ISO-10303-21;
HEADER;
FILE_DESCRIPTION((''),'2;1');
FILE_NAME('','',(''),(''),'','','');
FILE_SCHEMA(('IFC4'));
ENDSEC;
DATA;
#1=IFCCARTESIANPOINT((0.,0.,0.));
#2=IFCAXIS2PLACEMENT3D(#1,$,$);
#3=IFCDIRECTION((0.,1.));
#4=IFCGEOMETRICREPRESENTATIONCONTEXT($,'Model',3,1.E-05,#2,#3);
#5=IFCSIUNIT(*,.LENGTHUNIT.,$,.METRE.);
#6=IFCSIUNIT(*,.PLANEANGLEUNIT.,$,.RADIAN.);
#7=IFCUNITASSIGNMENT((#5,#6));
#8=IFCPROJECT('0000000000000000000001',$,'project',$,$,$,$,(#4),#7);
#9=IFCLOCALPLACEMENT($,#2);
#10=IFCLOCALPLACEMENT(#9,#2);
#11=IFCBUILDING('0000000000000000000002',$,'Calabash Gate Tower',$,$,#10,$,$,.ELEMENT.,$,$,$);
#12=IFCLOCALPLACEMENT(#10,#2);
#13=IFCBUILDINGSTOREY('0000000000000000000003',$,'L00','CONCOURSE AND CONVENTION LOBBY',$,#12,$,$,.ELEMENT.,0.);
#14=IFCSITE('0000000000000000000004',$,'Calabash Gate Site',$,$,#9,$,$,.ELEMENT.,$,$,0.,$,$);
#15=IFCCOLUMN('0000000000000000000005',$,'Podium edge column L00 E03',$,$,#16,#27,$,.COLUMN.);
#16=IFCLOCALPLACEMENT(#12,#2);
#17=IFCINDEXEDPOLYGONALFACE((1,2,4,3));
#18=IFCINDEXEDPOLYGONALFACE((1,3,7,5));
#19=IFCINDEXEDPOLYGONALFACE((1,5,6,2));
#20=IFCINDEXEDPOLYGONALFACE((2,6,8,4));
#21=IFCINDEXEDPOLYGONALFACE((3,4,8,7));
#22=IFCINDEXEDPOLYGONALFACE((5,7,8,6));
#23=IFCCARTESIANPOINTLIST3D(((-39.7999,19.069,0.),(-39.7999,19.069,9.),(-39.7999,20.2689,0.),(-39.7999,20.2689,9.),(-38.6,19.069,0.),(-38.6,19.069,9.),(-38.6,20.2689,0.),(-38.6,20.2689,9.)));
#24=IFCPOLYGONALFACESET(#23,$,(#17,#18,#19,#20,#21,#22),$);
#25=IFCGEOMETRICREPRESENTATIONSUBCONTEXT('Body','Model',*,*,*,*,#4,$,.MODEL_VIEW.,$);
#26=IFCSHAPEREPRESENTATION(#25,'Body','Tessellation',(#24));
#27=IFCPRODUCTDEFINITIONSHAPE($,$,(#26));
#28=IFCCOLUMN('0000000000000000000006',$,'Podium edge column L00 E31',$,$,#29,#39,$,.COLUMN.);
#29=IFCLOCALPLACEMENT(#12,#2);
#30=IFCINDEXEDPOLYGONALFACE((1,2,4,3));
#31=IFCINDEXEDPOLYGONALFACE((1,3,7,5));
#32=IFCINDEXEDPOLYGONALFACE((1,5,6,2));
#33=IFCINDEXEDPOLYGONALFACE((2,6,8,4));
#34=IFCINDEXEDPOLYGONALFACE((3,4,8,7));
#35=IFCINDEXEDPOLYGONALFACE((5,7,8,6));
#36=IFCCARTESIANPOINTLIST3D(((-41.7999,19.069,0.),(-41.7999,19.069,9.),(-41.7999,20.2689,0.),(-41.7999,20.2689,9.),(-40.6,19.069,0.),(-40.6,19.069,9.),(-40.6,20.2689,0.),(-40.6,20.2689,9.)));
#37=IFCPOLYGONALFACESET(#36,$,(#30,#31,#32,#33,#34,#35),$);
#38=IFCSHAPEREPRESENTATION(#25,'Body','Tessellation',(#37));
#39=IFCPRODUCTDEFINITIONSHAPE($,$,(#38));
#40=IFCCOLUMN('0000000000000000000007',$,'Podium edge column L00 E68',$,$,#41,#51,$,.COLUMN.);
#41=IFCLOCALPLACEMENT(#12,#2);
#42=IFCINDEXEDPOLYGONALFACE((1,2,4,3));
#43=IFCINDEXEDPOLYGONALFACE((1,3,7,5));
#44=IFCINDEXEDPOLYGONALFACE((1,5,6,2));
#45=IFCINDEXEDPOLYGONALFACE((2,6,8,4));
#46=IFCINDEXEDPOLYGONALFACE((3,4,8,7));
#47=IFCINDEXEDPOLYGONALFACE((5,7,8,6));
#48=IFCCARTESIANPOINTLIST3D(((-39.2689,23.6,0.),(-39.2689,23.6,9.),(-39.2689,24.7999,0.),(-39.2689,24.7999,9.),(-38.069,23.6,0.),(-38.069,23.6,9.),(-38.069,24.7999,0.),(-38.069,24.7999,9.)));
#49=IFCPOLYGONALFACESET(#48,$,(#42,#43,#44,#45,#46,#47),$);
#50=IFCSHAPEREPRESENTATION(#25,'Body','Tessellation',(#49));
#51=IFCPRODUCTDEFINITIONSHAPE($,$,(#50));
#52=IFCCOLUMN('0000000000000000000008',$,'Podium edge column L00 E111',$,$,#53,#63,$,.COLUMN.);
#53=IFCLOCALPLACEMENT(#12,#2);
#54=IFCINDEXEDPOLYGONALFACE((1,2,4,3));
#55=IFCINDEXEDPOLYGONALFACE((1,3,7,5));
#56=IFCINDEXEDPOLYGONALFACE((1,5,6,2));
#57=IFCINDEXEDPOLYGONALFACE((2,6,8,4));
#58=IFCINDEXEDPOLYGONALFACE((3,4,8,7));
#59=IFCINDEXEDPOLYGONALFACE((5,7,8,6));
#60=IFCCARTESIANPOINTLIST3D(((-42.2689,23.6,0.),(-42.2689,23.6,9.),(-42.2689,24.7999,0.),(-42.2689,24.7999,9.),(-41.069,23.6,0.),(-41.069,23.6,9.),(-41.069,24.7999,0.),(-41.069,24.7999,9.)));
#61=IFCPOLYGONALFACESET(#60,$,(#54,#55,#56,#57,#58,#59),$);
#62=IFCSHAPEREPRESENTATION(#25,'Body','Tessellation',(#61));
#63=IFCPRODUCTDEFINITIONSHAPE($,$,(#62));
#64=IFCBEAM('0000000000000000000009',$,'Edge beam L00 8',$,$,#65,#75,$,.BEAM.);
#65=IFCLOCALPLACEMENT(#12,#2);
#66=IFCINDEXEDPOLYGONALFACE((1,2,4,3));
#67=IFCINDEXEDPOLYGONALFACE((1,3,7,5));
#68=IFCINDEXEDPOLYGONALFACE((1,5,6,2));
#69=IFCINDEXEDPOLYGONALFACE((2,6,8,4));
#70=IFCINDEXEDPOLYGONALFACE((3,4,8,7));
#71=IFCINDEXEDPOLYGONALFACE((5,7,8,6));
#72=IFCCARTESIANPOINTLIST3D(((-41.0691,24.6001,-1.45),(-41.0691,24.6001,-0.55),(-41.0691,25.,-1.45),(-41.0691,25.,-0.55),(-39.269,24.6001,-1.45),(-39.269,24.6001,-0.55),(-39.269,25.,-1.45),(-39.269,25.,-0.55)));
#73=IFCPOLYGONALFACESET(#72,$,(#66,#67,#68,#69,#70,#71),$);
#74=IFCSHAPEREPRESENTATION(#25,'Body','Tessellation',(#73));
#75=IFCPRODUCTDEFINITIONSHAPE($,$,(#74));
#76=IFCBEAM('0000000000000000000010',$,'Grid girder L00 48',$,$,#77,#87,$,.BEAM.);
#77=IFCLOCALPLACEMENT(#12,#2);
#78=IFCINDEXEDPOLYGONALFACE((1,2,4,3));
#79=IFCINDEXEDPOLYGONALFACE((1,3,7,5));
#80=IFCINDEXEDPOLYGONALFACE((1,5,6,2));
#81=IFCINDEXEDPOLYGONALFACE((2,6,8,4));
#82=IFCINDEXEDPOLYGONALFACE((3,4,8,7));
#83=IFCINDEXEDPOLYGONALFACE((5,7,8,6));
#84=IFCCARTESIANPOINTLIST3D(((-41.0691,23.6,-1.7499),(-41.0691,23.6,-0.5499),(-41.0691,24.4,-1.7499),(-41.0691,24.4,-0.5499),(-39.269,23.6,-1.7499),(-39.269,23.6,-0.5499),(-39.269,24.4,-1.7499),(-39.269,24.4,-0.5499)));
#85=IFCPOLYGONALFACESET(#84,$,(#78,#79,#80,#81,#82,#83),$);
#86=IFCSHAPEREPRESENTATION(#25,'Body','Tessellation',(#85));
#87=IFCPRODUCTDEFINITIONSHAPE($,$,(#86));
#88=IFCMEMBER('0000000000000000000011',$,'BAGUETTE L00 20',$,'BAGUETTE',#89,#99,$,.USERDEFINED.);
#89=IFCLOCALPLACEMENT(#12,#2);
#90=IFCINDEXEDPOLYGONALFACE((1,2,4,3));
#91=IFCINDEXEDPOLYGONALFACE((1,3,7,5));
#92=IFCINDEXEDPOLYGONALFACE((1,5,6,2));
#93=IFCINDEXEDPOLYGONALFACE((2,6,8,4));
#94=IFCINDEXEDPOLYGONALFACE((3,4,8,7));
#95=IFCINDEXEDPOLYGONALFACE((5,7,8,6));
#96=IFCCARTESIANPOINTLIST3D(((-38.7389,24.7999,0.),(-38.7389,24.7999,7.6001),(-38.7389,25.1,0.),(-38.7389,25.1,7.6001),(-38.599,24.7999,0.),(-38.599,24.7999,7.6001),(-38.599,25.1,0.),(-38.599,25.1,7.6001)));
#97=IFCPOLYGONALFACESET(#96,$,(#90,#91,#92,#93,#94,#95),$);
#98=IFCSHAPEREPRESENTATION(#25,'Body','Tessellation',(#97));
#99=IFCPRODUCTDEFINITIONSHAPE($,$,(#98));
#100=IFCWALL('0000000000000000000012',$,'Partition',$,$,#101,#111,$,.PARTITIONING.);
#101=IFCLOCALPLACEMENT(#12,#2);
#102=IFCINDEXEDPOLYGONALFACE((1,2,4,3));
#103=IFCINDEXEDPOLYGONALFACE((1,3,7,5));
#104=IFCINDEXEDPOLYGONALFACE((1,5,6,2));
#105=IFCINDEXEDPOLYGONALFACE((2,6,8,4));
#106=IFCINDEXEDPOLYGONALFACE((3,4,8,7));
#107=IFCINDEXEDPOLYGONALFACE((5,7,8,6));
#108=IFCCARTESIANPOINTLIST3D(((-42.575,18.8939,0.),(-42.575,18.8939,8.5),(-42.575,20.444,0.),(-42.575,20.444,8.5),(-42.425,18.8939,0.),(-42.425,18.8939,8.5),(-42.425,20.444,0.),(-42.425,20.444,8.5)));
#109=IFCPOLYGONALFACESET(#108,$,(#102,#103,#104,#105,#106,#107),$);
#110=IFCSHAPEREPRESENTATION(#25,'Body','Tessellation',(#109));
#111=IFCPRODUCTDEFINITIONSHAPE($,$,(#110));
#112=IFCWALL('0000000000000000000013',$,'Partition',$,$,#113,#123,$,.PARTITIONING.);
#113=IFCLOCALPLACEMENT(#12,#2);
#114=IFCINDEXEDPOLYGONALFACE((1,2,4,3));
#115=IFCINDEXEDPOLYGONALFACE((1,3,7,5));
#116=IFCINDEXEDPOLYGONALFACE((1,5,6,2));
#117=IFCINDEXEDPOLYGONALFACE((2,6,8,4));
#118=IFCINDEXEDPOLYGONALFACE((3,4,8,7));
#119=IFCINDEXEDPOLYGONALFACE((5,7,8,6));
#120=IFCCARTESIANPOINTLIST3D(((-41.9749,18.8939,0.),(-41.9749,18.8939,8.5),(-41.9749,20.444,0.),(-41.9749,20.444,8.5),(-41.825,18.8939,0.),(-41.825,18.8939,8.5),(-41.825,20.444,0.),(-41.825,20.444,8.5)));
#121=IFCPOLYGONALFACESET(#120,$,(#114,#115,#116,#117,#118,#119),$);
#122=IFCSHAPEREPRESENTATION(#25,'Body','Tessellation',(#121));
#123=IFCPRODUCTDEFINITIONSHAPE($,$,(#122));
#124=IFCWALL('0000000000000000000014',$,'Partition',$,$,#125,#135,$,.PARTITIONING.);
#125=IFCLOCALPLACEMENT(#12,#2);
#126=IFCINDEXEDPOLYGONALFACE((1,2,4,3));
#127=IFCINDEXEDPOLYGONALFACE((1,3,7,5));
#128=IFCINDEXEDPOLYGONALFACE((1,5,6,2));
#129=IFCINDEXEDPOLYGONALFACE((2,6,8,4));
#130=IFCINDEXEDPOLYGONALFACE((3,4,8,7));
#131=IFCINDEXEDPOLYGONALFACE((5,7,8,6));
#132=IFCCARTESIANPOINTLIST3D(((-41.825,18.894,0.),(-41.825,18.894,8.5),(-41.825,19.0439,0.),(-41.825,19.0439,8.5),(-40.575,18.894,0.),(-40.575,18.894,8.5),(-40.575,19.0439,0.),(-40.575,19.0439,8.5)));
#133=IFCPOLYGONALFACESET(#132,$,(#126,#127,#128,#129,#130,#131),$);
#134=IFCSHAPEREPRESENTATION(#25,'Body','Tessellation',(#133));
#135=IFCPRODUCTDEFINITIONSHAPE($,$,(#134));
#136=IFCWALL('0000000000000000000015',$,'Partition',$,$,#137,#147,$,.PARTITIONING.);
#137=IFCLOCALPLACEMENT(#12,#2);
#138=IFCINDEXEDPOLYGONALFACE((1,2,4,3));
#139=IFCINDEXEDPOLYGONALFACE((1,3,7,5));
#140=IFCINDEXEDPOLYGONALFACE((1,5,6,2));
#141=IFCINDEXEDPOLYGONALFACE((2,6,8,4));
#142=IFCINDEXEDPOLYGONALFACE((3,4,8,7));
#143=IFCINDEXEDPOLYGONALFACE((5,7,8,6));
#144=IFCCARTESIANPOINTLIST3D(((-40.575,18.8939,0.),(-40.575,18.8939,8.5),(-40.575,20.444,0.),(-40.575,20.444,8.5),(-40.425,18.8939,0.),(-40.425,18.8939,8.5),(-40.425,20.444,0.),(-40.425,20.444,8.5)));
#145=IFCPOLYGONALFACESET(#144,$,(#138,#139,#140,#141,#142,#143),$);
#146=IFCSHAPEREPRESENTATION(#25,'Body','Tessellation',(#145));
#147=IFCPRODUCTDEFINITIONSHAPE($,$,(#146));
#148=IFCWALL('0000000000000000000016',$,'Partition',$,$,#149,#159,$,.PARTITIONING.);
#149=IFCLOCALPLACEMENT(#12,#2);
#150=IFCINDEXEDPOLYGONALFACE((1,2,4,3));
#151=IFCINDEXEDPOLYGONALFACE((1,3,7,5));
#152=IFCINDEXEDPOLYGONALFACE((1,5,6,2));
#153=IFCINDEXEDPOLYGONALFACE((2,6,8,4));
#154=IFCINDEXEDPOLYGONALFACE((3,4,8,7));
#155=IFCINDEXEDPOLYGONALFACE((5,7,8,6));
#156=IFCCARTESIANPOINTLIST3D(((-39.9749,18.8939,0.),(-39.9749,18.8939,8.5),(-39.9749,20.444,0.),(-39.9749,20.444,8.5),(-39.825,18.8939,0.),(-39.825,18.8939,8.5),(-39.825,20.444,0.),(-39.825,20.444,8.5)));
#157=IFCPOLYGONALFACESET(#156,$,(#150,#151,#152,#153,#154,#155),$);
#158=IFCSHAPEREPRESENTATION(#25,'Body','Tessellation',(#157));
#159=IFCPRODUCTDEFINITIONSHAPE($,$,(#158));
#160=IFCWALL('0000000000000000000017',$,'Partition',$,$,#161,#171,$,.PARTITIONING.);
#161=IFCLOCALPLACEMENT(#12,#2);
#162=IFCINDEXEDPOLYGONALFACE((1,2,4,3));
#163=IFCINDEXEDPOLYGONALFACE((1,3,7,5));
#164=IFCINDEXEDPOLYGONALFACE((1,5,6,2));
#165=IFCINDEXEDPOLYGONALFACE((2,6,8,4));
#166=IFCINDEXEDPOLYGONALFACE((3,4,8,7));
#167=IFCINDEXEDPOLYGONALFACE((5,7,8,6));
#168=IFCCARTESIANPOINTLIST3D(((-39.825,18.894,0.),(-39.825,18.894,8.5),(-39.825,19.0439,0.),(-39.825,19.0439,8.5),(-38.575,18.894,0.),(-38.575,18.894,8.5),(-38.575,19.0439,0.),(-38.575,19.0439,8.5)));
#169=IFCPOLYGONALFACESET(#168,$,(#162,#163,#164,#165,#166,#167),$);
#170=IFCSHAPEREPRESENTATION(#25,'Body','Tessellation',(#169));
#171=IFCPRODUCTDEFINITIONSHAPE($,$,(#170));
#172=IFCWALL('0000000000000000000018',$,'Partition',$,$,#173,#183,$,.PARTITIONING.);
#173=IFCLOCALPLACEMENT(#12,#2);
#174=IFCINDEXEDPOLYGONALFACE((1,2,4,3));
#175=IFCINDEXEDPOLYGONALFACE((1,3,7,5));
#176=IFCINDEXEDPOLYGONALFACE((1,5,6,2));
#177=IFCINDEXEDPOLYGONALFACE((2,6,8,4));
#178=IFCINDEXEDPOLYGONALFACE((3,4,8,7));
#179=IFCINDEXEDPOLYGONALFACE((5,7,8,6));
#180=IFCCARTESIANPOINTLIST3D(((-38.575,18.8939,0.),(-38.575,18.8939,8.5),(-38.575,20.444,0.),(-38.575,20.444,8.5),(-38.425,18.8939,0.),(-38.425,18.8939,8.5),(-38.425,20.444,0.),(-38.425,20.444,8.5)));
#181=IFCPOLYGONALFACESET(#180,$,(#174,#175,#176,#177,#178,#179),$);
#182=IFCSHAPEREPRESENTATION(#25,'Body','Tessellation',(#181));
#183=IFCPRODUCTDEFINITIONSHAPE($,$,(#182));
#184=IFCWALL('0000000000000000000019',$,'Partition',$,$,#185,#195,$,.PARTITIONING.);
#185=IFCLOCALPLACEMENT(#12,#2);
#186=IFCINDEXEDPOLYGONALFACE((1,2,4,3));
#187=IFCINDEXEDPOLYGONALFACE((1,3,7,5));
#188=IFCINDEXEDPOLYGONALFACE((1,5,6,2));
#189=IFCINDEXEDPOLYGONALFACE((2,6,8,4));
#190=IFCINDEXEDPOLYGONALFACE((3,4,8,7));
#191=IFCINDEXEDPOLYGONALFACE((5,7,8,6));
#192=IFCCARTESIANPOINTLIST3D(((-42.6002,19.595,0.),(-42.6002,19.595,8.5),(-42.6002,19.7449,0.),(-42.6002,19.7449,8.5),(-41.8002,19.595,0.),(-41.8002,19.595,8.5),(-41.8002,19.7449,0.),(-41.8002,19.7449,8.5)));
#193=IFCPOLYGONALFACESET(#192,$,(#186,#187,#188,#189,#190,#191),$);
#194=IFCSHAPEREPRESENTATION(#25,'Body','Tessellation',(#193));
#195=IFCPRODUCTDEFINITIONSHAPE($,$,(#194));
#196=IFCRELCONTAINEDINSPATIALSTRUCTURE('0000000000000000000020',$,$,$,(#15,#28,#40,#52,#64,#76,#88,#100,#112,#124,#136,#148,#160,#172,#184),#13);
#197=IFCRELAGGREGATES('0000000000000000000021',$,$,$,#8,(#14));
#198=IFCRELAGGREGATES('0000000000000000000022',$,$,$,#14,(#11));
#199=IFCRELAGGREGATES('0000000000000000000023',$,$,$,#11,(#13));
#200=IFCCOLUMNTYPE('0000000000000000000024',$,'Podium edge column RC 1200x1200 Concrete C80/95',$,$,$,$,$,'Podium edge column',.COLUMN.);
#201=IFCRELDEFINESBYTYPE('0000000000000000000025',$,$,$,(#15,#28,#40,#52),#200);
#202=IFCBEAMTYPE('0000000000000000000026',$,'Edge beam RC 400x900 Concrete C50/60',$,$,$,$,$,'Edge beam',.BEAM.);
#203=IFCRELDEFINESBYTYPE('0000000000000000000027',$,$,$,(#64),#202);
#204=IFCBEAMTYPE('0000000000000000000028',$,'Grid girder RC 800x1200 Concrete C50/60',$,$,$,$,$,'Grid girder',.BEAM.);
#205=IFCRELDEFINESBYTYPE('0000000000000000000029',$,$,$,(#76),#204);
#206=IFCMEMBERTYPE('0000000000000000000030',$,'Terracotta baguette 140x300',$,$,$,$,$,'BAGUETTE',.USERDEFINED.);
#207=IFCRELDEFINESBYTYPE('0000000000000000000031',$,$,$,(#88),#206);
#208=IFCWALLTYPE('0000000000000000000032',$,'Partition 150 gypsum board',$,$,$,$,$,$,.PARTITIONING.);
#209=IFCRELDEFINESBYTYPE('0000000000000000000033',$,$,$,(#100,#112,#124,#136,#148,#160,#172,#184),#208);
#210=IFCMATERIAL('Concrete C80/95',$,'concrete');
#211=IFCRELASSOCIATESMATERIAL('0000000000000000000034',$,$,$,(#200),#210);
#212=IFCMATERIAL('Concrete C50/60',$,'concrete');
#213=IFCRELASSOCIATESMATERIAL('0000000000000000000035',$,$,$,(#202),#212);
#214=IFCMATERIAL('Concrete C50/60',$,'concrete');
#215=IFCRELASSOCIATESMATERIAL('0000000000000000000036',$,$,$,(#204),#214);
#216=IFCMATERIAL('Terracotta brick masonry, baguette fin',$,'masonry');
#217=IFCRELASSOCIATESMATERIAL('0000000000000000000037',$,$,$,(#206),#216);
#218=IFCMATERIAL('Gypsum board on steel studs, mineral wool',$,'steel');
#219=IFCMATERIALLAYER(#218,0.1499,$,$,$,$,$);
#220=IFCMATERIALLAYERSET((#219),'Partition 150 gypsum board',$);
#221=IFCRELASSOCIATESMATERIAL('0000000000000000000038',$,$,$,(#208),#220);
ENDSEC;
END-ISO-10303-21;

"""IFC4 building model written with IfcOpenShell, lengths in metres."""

from ifc_helpers import new_model, si_unit, direction, frame, frame_2d, origin, origin_2d, place, context, subcontext, project, spatial, rectangle, extrude, material, layer, layer_set, material_profile, profile_set, type_object, element, save


model = new_model("IFC4")

# Units and contexts
model_context = context("Model", 3, precision=1e-05, world=origin(), true_north=direction((0.0, 1.0)))
body_context = subcontext(model_context, "Body", "Model", "MODEL_VIEW")
ifc_project = project(units=[si_unit("LENGTHUNIT", "METRE"), si_unit("PLANEANGLEUNIT", "RADIAN")], contexts=[model_context])

# Site, building, storey
site_placement = place(None, origin())
site = spatial("IfcSite", under=ifc_project, at=site_placement, Name="Calabash Gate Site", CompositionType="ELEMENT", RefElevation=0.0)
building_placement = place(site_placement, origin())
building = spatial("IfcBuilding", under=site, at=building_placement, Name="Calabash Gate Tower", CompositionType="ELEMENT")
storey_placement = place(building_placement, origin())
storey = spatial("IfcBuildingStorey", under=building, at=storey_placement, Name="L00", Description="CONCOURSE AND CONVENTION LOBBY", CompositionType="ELEMENT", Elevation=0.0)

# Columns
ifc_material_1 = material(Name="Concrete C80/95", Category="concrete")
ifc_material_profile_1 = material_profile(ifc_material_1, rectangle(XDim=1.2, YDim=1.2, at=origin_2d()))
ifc_profile_set_1 = profile_set([ifc_material_profile_1], Name="Concrete C80/95")
column_type = type_object("IfcColumnType", Name="Podium edge column RC 1200x1200 Concrete C80/95", ElementType="Podium edge column", PredefinedType="COLUMN", material=ifc_profile_set_1)
for number, where, z_axis, x_axis, name in (
    (1, (-39.2, 19.6689, 0.0), (0.0, 0.0, 1.0), (1.0, 0.0, 0.0), "Podium edge column L00 E03"),
    (2, (-41.2, 19.6689, 0.0), (0.0, 0.0, 1.0), (1.0, 0.0, 0.0), "Podium edge column L00 E31"),
    (3, (-38.6689, 24.2, 0.0), (0.0, 0.0, 1.0), (1.0, 0.0, 0.0), "Podium edge column L00 E68"),
    (4, (-41.6689, 24.2, 0.0), (0.0, 0.0, 1.0), (1.0, 0.0, 0.0), "Podium edge column L00 E111"),
):
    element("IfcColumn", number, at=place(storey_placement, frame(where, z_axis=z_axis, x_axis=x_axis)), inside=storey, type_object=column_type, Name=name, PredefinedType="COLUMN", context=body_context, shape_type="SweptSolid", body=[
        extrude(rectangle(XDim=1.2, YDim=1.2, at=origin_2d()), origin(), (0.0, 0.0, 1.0), 9.0),
    ])

# Beams
ifc_material_2 = material(Name="Concrete C50/60", Category="concrete")
ifc_material_profile_2 = material_profile(ifc_material_2, rectangle(XDim=0.3999, YDim=0.8999, at=origin_2d()))
ifc_profile_set_2 = profile_set([ifc_material_profile_2], Name="Concrete C50/60")
beam_type_1 = type_object("IfcBeamType", Name="Edge beam RC 400x900 Concrete C50/60", ElementType="Edge beam", PredefinedType="BEAM", material=ifc_profile_set_2)
beam_1_placement = place(storey_placement, frame((-41.0691, 24.8, -1.0), z_axis=(1.0, 0.0, 0.0), x_axis=(0.0, 1.0, 0.0)))
element("IfcBeam", 5, at=beam_1_placement, inside=storey, type_object=beam_type_1, Name="Edge beam L00 8", PredefinedType="BEAM", context=body_context, shape_type="SweptSolid", body=[
    extrude(rectangle(XDim=0.3999, YDim=0.8999, at=origin_2d()), origin(), (0.0, 0.0, 1.0), 1.8),
])
ifc_material_3 = material(Name="Concrete C50/60", Category="concrete")
ifc_material_profile_3 = material_profile(ifc_material_3, rectangle(XDim=0.8, YDim=1.2, at=origin_2d()))
ifc_profile_set_3 = profile_set([ifc_material_profile_3], Name="Concrete C50/60")
beam_type_2 = type_object("IfcBeamType", Name="Grid girder RC 800x1200 Concrete C50/60", ElementType="Grid girder", PredefinedType="BEAM", material=ifc_profile_set_3)
beam_2_placement = place(storey_placement, frame((-41.0691, 24.0, -1.1499), z_axis=(1.0, 0.0, 0.0), x_axis=(0.0, 1.0, 0.0)))
element("IfcBeam", 6, at=beam_2_placement, inside=storey, type_object=beam_type_2, Name="Grid girder L00 48", PredefinedType="BEAM", context=body_context, shape_type="SweptSolid", body=[
    extrude(rectangle(XDim=0.8, YDim=1.2, at=origin_2d()), origin(), (0.0, 0.0, 1.0), 1.8),
])

# Member
ifc_material_4 = material(Name="Terracotta brick masonry, baguette fin", Category="masonry")
ifc_material_profile_4 = material_profile(ifc_material_4, rectangle(XDim=0.1399, YDim=0.3, at=origin_2d()))
ifc_profile_set_4 = profile_set([ifc_material_profile_4], Name="Terracotta brick masonry, baguette fin")
member_type = type_object("IfcMemberType", Name="Terracotta baguette 140x300", ElementType="BAGUETTE", PredefinedType="USERDEFINED", material=ifc_profile_set_4)
member_placement = place(storey_placement, frame((-38.6689, 24.95, 0.0), z_axis=(0.0, 0.0, 1.0), x_axis=(-1.0, 0.0, 0.0)))
element("IfcMember", 7, at=member_placement, inside=storey, type_object=member_type, Name="BAGUETTE L00 20", ObjectType="BAGUETTE", PredefinedType="USERDEFINED", context=body_context, shape_type="SweptSolid", body=[
    extrude(rectangle(XDim=0.1399, YDim=0.3, at=origin_2d()), origin(), (0.0, 0.0, 1.0), 7.6001),
])

# Walls
ifc_material_5 = material(Name="Gypsum board on steel studs, mineral wool", Category="steel")
ifc_layer = layer(ifc_material_5, 0.1499)
ifc_layer_set = layer_set([ifc_layer], Name="Partition 150 gypsum board")
wall_type = type_object("IfcWallType", Name="Partition 150 gypsum board", PredefinedType="PARTITIONING", material=ifc_layer_set)
for number, where, z_axis, x_axis, name in (
    (8, (-42.5, 18.894, 0.0), (0.0, 0.0, 1.0), (0.0, 1.0, 0.0), "Partition"),
    (9, (-41.8999, 18.894, 0.0), (0.0, 0.0, 1.0), (0.0, 1.0, 0.0), "Partition"),
):
    element("IfcWall", number, at=place(storey_placement, frame(where, z_axis=z_axis, x_axis=x_axis)), inside=storey, type_object=wall_type, Name=name, PredefinedType="PARTITIONING", context=body_context, shape_type="SweptSolid", body=[
        extrude(rectangle(XDim=1.55, YDim=0.1499, at=frame_2d((0.7749, 0.0))), origin(), (0.0, 0.0, 1.0), 8.5),
    ])
wall_1_placement = place(storey_placement, frame((-41.825, 18.969, 0.0), z_axis=(0.0, 0.0, 1.0), x_axis=(1.0, 0.0, 0.0)))
element("IfcWall", 10, at=wall_1_placement, inside=storey, type_object=wall_type, Name="Partition", PredefinedType="PARTITIONING", context=body_context, shape_type="SweptSolid", body=[
    extrude(rectangle(XDim=1.25, YDim=0.1499, at=frame_2d((0.625, 0.0))), origin(), (0.0, 0.0, 1.0), 8.5),
])
for number, where, z_axis, x_axis, name in (
    (11, (-40.5, 18.894, 0.0), (0.0, 0.0, 1.0), (0.0, 1.0, 0.0), "Partition"),
    (12, (-39.8999, 18.894, 0.0), (0.0, 0.0, 1.0), (0.0, 1.0, 0.0), "Partition"),
):
    element("IfcWall", number, at=place(storey_placement, frame(where, z_axis=z_axis, x_axis=x_axis)), inside=storey, type_object=wall_type, Name=name, PredefinedType="PARTITIONING", context=body_context, shape_type="SweptSolid", body=[
        extrude(rectangle(XDim=1.55, YDim=0.1499, at=frame_2d((0.7749, 0.0))), origin(), (0.0, 0.0, 1.0), 8.5),
    ])
wall_2_placement = place(storey_placement, frame((-39.825, 18.969, 0.0), z_axis=(0.0, 0.0, 1.0), x_axis=(1.0, 0.0, 0.0)))
element("IfcWall", 13, at=wall_2_placement, inside=storey, type_object=wall_type, Name="Partition", PredefinedType="PARTITIONING", context=body_context, shape_type="SweptSolid", body=[
    extrude(rectangle(XDim=1.25, YDim=0.1499, at=frame_2d((0.625, 0.0))), origin(), (0.0, 0.0, 1.0), 8.5),
])
wall_3_placement = place(storey_placement, frame((-38.5, 18.894, 0.0), z_axis=(0.0, 0.0, 1.0), x_axis=(0.0, 1.0, 0.0)))
element("IfcWall", 14, at=wall_3_placement, inside=storey, type_object=wall_type, Name="Partition", PredefinedType="PARTITIONING", context=body_context, shape_type="SweptSolid", body=[
    extrude(rectangle(XDim=1.55, YDim=0.1499, at=frame_2d((0.7749, 0.0))), origin(), (0.0, 0.0, 1.0), 8.5),
])
for number, where, z_axis, x_axis, name in (
    (15, (-42.6001, 19.6699, 0.0), (0.0, 0.0, 1.0), (1.0, 0.0, 0.0), "Partition"),
):
    element("IfcWall", number, at=place(storey_placement, frame(where, z_axis=z_axis, x_axis=x_axis)), inside=storey, type_object=wall_type, Name=name, PredefinedType="PARTITIONING", context=body_context, shape_type="SweptSolid", body=[
        extrude(rectangle(XDim=0.8, YDim=0.1499, at=frame_2d((0.3999, 0.0))), origin(), (0.0, 0.0, 1.0), 8.5),
    ])

save(model, "model.ifc")
